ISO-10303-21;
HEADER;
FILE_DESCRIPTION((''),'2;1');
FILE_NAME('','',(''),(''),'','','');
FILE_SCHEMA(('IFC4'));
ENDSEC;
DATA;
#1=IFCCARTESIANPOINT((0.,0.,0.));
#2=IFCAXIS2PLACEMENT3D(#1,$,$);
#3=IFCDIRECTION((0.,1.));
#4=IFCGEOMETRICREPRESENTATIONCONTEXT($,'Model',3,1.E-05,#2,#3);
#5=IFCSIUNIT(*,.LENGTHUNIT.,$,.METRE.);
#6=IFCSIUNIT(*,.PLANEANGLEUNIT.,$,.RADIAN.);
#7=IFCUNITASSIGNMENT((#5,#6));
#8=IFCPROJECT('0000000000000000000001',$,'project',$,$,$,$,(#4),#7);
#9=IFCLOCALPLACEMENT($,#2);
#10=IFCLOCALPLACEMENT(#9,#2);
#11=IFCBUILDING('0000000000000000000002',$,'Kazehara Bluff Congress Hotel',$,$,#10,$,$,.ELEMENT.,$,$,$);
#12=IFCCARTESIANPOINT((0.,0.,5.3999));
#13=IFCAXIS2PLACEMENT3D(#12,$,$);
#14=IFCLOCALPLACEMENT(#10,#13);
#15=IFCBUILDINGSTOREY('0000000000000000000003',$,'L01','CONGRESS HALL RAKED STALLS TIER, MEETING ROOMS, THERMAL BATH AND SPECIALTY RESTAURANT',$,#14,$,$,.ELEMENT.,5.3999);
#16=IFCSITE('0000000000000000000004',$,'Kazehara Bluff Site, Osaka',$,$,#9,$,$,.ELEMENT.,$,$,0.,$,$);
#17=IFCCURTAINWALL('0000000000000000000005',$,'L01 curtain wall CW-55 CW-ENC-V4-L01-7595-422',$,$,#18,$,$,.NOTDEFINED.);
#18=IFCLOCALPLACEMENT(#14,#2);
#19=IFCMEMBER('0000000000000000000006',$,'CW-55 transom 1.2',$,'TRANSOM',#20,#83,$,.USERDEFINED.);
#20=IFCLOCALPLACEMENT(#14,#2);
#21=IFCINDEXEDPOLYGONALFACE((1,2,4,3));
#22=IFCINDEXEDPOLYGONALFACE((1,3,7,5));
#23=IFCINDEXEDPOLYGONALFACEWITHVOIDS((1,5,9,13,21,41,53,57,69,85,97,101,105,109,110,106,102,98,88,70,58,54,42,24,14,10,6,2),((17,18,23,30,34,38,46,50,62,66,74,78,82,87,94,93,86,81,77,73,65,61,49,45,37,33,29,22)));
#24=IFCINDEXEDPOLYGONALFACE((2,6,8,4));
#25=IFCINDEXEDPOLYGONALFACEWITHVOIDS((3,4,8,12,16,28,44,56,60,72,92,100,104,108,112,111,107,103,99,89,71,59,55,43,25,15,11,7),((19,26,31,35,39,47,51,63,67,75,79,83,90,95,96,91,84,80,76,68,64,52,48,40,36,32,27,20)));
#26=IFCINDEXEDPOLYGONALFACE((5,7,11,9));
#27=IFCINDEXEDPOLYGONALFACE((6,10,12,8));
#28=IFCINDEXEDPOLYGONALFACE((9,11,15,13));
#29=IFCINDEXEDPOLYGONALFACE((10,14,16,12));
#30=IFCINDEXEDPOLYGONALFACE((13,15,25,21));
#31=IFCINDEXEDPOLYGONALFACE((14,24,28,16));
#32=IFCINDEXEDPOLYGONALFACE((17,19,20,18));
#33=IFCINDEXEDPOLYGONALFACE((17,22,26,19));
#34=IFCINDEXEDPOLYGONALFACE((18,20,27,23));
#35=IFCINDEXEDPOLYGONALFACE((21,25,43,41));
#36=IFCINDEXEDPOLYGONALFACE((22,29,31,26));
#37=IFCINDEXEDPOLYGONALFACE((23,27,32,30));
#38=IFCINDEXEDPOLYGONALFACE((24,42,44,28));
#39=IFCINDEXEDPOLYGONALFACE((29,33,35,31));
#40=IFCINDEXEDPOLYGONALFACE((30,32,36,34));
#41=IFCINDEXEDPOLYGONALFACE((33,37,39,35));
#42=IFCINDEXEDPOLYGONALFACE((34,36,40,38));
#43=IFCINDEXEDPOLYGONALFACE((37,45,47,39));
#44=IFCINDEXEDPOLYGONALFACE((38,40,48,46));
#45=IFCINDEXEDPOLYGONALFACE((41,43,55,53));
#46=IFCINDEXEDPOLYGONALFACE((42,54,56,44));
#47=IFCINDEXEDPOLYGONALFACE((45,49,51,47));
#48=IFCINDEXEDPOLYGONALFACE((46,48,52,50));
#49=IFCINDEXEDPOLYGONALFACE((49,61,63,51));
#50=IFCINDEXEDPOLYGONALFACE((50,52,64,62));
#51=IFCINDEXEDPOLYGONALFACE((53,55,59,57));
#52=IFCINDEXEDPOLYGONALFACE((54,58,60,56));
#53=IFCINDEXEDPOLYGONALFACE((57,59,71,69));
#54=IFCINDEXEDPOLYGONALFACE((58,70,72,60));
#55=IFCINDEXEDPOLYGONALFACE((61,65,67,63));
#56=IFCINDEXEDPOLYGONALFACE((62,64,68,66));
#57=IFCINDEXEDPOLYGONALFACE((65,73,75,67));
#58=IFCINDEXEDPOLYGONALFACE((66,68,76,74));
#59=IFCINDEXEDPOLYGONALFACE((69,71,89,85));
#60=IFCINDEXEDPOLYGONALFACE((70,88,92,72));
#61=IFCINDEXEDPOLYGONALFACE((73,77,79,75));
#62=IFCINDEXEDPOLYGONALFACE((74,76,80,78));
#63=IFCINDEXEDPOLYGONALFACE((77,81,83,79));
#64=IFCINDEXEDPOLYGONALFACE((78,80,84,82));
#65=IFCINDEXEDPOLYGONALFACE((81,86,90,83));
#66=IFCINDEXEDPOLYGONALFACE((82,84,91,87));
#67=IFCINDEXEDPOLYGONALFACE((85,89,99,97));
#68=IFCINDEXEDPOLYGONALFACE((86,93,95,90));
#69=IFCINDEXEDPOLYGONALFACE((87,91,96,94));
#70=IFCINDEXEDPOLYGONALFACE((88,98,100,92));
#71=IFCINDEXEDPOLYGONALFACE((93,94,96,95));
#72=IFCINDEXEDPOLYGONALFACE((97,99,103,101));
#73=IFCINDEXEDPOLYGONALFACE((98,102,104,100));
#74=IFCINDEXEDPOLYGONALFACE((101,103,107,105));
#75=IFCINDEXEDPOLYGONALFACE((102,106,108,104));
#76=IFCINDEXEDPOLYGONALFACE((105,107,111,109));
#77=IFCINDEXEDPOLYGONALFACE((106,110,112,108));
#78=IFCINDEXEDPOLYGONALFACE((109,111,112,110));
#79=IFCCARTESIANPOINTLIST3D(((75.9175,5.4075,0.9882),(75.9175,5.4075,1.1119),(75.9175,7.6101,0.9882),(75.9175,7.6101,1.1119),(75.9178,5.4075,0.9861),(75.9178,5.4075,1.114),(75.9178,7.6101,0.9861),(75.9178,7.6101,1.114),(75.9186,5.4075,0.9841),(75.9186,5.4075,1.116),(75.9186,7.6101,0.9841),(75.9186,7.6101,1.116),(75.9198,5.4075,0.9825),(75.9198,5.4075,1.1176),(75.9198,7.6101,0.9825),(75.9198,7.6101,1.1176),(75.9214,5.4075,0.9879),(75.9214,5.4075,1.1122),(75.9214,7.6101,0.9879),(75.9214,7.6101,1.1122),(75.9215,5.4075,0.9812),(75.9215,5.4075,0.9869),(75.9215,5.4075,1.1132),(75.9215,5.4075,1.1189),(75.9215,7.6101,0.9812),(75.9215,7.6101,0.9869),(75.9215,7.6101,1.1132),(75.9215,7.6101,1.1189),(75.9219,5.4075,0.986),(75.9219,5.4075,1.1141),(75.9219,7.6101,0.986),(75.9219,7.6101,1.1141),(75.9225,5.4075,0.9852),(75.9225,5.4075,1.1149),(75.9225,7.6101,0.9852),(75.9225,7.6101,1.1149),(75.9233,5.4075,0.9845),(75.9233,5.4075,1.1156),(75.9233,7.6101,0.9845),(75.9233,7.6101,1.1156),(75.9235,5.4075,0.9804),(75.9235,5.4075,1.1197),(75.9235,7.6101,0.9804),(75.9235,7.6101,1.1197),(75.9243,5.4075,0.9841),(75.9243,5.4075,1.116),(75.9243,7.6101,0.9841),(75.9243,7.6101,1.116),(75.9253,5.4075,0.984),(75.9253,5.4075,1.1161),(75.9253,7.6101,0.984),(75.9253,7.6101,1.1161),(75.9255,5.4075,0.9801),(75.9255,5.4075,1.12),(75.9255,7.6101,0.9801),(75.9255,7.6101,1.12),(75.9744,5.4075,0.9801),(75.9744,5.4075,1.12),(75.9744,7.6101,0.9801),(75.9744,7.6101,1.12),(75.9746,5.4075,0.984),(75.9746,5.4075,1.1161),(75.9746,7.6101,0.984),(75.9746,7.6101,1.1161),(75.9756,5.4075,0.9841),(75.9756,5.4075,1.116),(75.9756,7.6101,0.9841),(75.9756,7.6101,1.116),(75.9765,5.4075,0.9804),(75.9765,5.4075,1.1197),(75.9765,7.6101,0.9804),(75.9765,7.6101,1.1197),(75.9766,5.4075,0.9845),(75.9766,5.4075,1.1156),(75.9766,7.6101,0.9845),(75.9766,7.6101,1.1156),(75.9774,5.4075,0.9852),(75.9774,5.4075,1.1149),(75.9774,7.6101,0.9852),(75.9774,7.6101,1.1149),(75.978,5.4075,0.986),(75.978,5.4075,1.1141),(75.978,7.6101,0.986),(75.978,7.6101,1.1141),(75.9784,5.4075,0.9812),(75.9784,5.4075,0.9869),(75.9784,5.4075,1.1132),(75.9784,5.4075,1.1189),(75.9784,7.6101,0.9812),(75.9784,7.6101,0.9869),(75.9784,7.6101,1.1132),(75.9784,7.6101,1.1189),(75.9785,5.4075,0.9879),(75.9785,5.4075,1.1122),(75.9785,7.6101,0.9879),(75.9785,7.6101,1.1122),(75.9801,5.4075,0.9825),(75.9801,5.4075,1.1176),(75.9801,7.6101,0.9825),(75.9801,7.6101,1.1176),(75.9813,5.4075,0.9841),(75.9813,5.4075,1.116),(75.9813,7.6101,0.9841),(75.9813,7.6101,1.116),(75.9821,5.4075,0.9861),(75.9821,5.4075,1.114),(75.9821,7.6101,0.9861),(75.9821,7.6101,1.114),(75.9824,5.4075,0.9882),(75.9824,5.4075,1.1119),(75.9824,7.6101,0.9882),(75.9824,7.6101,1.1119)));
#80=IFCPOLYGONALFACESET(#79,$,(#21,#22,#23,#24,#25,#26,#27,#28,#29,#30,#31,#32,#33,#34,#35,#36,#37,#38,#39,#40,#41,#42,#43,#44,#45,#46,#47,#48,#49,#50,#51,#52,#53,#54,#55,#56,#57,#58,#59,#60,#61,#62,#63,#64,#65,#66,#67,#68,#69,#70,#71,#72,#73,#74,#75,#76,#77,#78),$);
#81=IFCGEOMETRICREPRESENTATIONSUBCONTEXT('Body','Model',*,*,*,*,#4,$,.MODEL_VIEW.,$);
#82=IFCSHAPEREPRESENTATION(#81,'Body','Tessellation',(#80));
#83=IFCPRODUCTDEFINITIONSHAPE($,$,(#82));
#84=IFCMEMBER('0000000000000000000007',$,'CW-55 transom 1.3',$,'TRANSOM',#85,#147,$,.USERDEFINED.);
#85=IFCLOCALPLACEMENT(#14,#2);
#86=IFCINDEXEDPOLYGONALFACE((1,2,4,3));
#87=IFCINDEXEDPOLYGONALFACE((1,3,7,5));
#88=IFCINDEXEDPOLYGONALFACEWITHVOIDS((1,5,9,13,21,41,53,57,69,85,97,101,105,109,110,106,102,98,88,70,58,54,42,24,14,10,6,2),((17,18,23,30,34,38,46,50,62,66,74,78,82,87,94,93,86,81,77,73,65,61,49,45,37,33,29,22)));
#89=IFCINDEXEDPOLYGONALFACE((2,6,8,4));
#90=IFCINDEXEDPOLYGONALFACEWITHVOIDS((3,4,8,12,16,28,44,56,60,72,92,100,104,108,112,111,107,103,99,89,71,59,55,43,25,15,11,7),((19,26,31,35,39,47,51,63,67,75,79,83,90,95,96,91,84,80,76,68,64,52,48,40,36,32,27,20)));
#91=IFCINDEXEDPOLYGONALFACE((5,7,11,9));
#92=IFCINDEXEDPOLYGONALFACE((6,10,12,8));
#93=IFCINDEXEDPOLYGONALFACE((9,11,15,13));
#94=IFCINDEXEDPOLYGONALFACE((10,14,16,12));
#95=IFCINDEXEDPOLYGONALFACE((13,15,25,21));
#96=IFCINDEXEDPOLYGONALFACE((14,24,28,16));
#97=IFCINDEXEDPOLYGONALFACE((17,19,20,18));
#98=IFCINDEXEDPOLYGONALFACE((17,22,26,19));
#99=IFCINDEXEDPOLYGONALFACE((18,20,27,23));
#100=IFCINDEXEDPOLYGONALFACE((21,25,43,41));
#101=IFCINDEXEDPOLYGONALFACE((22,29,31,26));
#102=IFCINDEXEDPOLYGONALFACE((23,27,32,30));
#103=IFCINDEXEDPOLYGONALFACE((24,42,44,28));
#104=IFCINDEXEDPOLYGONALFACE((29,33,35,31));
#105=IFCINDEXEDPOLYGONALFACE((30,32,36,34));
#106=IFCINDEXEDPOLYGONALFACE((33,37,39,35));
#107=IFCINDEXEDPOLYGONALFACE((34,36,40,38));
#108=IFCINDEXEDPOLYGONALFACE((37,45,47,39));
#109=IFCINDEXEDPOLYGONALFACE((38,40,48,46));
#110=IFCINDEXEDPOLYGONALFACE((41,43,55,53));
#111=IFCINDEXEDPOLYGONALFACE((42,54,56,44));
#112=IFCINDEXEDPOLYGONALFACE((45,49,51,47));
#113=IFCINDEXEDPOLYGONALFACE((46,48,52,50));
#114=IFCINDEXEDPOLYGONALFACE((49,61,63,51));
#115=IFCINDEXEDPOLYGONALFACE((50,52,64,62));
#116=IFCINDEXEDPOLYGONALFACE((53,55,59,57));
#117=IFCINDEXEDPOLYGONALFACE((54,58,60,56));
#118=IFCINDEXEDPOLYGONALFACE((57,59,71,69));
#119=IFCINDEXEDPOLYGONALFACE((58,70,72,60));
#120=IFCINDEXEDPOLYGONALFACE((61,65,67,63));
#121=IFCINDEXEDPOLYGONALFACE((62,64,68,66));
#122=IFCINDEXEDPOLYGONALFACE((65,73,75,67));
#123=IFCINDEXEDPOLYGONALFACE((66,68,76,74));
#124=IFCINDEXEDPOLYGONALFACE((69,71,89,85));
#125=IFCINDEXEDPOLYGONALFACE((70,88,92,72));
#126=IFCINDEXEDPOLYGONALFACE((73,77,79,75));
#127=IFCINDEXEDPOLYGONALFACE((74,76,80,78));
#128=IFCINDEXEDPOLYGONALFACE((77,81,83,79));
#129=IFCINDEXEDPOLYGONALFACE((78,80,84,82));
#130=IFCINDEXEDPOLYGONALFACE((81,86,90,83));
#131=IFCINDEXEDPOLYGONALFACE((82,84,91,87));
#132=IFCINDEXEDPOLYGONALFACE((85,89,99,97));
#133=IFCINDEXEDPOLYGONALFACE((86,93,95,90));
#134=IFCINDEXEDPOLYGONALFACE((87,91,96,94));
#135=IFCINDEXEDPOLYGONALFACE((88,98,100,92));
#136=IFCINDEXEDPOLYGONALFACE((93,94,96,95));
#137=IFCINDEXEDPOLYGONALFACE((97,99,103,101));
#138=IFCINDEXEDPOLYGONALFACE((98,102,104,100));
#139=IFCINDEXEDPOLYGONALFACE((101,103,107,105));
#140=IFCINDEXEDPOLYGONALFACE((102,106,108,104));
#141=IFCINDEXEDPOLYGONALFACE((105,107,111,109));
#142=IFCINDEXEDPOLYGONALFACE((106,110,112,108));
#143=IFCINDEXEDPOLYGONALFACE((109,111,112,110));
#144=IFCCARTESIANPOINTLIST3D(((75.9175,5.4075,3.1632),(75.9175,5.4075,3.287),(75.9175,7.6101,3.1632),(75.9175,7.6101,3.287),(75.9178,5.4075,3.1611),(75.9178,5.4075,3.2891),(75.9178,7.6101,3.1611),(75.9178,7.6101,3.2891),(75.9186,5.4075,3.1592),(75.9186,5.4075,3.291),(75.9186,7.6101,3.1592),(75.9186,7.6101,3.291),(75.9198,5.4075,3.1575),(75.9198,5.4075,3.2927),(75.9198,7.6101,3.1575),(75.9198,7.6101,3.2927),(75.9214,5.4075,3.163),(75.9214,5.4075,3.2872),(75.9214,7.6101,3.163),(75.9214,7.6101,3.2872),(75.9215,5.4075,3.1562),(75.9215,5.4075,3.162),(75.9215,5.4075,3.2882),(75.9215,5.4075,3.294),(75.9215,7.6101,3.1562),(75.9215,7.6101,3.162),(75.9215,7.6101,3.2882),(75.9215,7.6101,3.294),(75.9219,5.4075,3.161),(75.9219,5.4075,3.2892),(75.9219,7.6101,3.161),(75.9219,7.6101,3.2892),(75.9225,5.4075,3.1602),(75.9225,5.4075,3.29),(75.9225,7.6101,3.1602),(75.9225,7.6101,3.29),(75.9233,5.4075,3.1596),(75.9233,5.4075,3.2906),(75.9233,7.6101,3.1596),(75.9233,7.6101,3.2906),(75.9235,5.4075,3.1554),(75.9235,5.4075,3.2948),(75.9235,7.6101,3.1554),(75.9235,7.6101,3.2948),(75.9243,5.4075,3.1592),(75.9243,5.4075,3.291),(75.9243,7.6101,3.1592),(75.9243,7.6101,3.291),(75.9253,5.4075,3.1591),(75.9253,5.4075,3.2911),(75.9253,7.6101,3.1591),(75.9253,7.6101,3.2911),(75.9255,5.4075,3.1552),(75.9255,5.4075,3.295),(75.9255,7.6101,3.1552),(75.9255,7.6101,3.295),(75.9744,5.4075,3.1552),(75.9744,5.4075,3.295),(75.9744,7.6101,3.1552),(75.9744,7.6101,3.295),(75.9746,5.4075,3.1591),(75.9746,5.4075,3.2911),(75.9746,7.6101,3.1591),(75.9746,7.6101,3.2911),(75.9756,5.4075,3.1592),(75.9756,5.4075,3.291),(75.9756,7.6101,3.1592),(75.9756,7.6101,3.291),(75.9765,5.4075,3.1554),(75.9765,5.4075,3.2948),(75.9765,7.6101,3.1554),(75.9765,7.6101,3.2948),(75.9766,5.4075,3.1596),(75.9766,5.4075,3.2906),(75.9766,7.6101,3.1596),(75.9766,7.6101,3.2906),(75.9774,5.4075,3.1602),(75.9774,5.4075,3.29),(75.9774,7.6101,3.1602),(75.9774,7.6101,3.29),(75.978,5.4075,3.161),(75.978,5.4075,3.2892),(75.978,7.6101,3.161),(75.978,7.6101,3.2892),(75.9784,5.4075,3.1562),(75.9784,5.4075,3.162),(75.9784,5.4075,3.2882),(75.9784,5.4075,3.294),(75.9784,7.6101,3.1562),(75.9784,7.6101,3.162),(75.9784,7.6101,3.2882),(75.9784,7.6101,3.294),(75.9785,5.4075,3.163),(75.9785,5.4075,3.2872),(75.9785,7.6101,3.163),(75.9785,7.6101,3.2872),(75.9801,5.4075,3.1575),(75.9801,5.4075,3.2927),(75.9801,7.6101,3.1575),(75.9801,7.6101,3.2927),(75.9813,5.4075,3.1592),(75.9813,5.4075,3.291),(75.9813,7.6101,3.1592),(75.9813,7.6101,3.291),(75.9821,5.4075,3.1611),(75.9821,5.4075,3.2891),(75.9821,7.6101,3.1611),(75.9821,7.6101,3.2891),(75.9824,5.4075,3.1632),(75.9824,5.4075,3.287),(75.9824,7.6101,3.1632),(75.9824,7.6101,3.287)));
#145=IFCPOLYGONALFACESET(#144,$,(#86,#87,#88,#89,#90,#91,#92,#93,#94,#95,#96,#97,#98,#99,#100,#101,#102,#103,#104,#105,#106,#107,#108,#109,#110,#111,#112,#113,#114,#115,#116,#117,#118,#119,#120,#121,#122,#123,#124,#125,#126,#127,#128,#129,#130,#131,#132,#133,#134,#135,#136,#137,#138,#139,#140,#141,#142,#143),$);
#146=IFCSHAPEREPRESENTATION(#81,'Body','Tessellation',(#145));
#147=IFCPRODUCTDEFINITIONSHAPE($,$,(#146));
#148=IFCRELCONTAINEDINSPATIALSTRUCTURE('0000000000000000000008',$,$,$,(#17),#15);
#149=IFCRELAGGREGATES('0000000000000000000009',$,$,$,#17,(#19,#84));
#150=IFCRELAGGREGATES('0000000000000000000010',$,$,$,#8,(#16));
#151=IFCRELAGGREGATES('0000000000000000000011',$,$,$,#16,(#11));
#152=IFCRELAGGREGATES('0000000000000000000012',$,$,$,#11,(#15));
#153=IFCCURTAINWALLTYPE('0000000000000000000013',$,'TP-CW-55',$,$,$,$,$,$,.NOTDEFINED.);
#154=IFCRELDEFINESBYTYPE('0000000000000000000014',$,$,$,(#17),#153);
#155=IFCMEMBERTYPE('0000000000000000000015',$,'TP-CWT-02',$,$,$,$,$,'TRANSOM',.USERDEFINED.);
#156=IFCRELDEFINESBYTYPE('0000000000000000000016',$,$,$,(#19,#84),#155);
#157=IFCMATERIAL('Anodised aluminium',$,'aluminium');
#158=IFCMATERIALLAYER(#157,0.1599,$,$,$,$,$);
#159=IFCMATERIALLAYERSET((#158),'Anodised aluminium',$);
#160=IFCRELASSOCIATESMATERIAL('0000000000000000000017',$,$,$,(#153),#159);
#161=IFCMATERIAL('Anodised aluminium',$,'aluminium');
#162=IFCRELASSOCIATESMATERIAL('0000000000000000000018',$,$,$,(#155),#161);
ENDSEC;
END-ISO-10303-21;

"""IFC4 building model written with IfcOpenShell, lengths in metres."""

from ifc_helpers import new_model, si_unit, direction, frame, origin, origin_2d, place, context, subcontext, project, spatial, hollow_rectangle, extrude, material, layer, layer_set, material_profile, profile_set, type_object, element, aggregate, save


model = new_model("IFC4")

# Units and contexts
model_context = context("Model", 3, precision=1e-05, world=origin(), true_north=direction((0.0, 1.0)))
body_context = subcontext(model_context, "Body", "Model", "MODEL_VIEW")
ifc_project = project(units=[si_unit("LENGTHUNIT", "METRE"), si_unit("PLANEANGLEUNIT", "RADIAN")], contexts=[model_context])

# Site, building, storey
site_placement = place(None, origin())
site = spatial("IfcSite", under=ifc_project, at=site_placement, Name="Kazehara Bluff Site, Osaka", CompositionType="ELEMENT", RefElevation=0.0)
building_placement = place(site_placement, origin())
building = spatial("IfcBuilding", under=site, at=building_placement, Name="Kazehara Bluff Congress Hotel", CompositionType="ELEMENT")
storey_placement = place(building_placement, frame((0.0, 0.0, 5.3999)))
storey = spatial("IfcBuildingStorey", under=building, at=storey_placement, Name="L01", Description="CONGRESS HALL RAKED STALLS TIER, MEETING ROOMS, THERMAL BATH AND SPECIALTY RESTAURANT", CompositionType="ELEMENT", Elevation=5.3999)

# Curtain wall
ifc_material_1 = material(Name="Anodised aluminium", Category="aluminium")
ifc_layer_1 = layer(ifc_material_1, 0.1599)
ifc_layer_set_1 = layer_set([ifc_layer_1], Name="Anodised aluminium")
curtain_wall_type_1 = type_object("IfcCurtainWallType", Name="TP-CW-55", PredefinedType="NOTDEFINED", material=ifc_layer_set_1)
curtain_wall_1_placement = place(storey_placement, origin())
curtain_wall_1 = element("IfcCurtainWall", 1, at=curtain_wall_1_placement, inside=storey, type_object=curtain_wall_type_1, Name="L01 curtain wall CW-55 CW-ENC-V4-L01-7595-422", PredefinedType="NOTDEFINED")

# Members
ifc_material_2 = material(Name="Anodised aluminium", Category="aluminium")
ifc_material_profile_1 = material_profile(ifc_material_2, hollow_rectangle(XDim=0.0649, YDim=0.1399, WallThickness=0.0039, InnerFilletRadius=0.0039, OuterFilletRadius=0.0081, at=origin_2d()))
ifc_profile_set_1 = profile_set([ifc_material_profile_1], Name="Anodised aluminium")
member_type_1 = type_object("IfcMemberType", Name="TP-CWT-02", ElementType="TRANSOM", PredefinedType="USERDEFINED", material=ifc_profile_set_1)
member_1_placement = place(storey_placement, frame((75.95, 7.6101, 1.05), z_axis=(0.0, -1.0, 0.0), x_axis=(1.0, 0.0, 0.0)))
member_1 = element("IfcMember", 2, at=member_1_placement, type_object=member_type_1, Name="CW-55 transom 1.2", ObjectType="TRANSOM", PredefinedType="USERDEFINED", context=body_context, shape_type="SweptSolid", body=[
    extrude(hollow_rectangle(XDim=0.0649, YDim=0.1399, WallThickness=0.0039, InnerFilletRadius=0.0039, OuterFilletRadius=0.0081, at=origin_2d()), origin(), (0.0, 0.0, 1.0), 2.2026),
])
member_2_placement = place(storey_placement, frame((75.95, 7.6101, 3.2251), z_axis=(0.0, -1.0, 0.0), x_axis=(1.0, 0.0, 0.0)))
member_2 = element("IfcMember", 3, at=member_2_placement, type_object=member_type_1, Name="CW-55 transom 1.3", ObjectType="TRANSOM", PredefinedType="USERDEFINED", context=body_context, shape_type="SweptSolid", body=[
    extrude(hollow_rectangle(XDim=0.0649, YDim=0.1399, WallThickness=0.0039, InnerFilletRadius=0.0039, OuterFilletRadius=0.0081, at=origin_2d()), origin(), (0.0, 0.0, 1.0), 2.2026),
])

aggregate(curtain_wall_1, [member_1, member_2])

save(model, "model.ifc")
